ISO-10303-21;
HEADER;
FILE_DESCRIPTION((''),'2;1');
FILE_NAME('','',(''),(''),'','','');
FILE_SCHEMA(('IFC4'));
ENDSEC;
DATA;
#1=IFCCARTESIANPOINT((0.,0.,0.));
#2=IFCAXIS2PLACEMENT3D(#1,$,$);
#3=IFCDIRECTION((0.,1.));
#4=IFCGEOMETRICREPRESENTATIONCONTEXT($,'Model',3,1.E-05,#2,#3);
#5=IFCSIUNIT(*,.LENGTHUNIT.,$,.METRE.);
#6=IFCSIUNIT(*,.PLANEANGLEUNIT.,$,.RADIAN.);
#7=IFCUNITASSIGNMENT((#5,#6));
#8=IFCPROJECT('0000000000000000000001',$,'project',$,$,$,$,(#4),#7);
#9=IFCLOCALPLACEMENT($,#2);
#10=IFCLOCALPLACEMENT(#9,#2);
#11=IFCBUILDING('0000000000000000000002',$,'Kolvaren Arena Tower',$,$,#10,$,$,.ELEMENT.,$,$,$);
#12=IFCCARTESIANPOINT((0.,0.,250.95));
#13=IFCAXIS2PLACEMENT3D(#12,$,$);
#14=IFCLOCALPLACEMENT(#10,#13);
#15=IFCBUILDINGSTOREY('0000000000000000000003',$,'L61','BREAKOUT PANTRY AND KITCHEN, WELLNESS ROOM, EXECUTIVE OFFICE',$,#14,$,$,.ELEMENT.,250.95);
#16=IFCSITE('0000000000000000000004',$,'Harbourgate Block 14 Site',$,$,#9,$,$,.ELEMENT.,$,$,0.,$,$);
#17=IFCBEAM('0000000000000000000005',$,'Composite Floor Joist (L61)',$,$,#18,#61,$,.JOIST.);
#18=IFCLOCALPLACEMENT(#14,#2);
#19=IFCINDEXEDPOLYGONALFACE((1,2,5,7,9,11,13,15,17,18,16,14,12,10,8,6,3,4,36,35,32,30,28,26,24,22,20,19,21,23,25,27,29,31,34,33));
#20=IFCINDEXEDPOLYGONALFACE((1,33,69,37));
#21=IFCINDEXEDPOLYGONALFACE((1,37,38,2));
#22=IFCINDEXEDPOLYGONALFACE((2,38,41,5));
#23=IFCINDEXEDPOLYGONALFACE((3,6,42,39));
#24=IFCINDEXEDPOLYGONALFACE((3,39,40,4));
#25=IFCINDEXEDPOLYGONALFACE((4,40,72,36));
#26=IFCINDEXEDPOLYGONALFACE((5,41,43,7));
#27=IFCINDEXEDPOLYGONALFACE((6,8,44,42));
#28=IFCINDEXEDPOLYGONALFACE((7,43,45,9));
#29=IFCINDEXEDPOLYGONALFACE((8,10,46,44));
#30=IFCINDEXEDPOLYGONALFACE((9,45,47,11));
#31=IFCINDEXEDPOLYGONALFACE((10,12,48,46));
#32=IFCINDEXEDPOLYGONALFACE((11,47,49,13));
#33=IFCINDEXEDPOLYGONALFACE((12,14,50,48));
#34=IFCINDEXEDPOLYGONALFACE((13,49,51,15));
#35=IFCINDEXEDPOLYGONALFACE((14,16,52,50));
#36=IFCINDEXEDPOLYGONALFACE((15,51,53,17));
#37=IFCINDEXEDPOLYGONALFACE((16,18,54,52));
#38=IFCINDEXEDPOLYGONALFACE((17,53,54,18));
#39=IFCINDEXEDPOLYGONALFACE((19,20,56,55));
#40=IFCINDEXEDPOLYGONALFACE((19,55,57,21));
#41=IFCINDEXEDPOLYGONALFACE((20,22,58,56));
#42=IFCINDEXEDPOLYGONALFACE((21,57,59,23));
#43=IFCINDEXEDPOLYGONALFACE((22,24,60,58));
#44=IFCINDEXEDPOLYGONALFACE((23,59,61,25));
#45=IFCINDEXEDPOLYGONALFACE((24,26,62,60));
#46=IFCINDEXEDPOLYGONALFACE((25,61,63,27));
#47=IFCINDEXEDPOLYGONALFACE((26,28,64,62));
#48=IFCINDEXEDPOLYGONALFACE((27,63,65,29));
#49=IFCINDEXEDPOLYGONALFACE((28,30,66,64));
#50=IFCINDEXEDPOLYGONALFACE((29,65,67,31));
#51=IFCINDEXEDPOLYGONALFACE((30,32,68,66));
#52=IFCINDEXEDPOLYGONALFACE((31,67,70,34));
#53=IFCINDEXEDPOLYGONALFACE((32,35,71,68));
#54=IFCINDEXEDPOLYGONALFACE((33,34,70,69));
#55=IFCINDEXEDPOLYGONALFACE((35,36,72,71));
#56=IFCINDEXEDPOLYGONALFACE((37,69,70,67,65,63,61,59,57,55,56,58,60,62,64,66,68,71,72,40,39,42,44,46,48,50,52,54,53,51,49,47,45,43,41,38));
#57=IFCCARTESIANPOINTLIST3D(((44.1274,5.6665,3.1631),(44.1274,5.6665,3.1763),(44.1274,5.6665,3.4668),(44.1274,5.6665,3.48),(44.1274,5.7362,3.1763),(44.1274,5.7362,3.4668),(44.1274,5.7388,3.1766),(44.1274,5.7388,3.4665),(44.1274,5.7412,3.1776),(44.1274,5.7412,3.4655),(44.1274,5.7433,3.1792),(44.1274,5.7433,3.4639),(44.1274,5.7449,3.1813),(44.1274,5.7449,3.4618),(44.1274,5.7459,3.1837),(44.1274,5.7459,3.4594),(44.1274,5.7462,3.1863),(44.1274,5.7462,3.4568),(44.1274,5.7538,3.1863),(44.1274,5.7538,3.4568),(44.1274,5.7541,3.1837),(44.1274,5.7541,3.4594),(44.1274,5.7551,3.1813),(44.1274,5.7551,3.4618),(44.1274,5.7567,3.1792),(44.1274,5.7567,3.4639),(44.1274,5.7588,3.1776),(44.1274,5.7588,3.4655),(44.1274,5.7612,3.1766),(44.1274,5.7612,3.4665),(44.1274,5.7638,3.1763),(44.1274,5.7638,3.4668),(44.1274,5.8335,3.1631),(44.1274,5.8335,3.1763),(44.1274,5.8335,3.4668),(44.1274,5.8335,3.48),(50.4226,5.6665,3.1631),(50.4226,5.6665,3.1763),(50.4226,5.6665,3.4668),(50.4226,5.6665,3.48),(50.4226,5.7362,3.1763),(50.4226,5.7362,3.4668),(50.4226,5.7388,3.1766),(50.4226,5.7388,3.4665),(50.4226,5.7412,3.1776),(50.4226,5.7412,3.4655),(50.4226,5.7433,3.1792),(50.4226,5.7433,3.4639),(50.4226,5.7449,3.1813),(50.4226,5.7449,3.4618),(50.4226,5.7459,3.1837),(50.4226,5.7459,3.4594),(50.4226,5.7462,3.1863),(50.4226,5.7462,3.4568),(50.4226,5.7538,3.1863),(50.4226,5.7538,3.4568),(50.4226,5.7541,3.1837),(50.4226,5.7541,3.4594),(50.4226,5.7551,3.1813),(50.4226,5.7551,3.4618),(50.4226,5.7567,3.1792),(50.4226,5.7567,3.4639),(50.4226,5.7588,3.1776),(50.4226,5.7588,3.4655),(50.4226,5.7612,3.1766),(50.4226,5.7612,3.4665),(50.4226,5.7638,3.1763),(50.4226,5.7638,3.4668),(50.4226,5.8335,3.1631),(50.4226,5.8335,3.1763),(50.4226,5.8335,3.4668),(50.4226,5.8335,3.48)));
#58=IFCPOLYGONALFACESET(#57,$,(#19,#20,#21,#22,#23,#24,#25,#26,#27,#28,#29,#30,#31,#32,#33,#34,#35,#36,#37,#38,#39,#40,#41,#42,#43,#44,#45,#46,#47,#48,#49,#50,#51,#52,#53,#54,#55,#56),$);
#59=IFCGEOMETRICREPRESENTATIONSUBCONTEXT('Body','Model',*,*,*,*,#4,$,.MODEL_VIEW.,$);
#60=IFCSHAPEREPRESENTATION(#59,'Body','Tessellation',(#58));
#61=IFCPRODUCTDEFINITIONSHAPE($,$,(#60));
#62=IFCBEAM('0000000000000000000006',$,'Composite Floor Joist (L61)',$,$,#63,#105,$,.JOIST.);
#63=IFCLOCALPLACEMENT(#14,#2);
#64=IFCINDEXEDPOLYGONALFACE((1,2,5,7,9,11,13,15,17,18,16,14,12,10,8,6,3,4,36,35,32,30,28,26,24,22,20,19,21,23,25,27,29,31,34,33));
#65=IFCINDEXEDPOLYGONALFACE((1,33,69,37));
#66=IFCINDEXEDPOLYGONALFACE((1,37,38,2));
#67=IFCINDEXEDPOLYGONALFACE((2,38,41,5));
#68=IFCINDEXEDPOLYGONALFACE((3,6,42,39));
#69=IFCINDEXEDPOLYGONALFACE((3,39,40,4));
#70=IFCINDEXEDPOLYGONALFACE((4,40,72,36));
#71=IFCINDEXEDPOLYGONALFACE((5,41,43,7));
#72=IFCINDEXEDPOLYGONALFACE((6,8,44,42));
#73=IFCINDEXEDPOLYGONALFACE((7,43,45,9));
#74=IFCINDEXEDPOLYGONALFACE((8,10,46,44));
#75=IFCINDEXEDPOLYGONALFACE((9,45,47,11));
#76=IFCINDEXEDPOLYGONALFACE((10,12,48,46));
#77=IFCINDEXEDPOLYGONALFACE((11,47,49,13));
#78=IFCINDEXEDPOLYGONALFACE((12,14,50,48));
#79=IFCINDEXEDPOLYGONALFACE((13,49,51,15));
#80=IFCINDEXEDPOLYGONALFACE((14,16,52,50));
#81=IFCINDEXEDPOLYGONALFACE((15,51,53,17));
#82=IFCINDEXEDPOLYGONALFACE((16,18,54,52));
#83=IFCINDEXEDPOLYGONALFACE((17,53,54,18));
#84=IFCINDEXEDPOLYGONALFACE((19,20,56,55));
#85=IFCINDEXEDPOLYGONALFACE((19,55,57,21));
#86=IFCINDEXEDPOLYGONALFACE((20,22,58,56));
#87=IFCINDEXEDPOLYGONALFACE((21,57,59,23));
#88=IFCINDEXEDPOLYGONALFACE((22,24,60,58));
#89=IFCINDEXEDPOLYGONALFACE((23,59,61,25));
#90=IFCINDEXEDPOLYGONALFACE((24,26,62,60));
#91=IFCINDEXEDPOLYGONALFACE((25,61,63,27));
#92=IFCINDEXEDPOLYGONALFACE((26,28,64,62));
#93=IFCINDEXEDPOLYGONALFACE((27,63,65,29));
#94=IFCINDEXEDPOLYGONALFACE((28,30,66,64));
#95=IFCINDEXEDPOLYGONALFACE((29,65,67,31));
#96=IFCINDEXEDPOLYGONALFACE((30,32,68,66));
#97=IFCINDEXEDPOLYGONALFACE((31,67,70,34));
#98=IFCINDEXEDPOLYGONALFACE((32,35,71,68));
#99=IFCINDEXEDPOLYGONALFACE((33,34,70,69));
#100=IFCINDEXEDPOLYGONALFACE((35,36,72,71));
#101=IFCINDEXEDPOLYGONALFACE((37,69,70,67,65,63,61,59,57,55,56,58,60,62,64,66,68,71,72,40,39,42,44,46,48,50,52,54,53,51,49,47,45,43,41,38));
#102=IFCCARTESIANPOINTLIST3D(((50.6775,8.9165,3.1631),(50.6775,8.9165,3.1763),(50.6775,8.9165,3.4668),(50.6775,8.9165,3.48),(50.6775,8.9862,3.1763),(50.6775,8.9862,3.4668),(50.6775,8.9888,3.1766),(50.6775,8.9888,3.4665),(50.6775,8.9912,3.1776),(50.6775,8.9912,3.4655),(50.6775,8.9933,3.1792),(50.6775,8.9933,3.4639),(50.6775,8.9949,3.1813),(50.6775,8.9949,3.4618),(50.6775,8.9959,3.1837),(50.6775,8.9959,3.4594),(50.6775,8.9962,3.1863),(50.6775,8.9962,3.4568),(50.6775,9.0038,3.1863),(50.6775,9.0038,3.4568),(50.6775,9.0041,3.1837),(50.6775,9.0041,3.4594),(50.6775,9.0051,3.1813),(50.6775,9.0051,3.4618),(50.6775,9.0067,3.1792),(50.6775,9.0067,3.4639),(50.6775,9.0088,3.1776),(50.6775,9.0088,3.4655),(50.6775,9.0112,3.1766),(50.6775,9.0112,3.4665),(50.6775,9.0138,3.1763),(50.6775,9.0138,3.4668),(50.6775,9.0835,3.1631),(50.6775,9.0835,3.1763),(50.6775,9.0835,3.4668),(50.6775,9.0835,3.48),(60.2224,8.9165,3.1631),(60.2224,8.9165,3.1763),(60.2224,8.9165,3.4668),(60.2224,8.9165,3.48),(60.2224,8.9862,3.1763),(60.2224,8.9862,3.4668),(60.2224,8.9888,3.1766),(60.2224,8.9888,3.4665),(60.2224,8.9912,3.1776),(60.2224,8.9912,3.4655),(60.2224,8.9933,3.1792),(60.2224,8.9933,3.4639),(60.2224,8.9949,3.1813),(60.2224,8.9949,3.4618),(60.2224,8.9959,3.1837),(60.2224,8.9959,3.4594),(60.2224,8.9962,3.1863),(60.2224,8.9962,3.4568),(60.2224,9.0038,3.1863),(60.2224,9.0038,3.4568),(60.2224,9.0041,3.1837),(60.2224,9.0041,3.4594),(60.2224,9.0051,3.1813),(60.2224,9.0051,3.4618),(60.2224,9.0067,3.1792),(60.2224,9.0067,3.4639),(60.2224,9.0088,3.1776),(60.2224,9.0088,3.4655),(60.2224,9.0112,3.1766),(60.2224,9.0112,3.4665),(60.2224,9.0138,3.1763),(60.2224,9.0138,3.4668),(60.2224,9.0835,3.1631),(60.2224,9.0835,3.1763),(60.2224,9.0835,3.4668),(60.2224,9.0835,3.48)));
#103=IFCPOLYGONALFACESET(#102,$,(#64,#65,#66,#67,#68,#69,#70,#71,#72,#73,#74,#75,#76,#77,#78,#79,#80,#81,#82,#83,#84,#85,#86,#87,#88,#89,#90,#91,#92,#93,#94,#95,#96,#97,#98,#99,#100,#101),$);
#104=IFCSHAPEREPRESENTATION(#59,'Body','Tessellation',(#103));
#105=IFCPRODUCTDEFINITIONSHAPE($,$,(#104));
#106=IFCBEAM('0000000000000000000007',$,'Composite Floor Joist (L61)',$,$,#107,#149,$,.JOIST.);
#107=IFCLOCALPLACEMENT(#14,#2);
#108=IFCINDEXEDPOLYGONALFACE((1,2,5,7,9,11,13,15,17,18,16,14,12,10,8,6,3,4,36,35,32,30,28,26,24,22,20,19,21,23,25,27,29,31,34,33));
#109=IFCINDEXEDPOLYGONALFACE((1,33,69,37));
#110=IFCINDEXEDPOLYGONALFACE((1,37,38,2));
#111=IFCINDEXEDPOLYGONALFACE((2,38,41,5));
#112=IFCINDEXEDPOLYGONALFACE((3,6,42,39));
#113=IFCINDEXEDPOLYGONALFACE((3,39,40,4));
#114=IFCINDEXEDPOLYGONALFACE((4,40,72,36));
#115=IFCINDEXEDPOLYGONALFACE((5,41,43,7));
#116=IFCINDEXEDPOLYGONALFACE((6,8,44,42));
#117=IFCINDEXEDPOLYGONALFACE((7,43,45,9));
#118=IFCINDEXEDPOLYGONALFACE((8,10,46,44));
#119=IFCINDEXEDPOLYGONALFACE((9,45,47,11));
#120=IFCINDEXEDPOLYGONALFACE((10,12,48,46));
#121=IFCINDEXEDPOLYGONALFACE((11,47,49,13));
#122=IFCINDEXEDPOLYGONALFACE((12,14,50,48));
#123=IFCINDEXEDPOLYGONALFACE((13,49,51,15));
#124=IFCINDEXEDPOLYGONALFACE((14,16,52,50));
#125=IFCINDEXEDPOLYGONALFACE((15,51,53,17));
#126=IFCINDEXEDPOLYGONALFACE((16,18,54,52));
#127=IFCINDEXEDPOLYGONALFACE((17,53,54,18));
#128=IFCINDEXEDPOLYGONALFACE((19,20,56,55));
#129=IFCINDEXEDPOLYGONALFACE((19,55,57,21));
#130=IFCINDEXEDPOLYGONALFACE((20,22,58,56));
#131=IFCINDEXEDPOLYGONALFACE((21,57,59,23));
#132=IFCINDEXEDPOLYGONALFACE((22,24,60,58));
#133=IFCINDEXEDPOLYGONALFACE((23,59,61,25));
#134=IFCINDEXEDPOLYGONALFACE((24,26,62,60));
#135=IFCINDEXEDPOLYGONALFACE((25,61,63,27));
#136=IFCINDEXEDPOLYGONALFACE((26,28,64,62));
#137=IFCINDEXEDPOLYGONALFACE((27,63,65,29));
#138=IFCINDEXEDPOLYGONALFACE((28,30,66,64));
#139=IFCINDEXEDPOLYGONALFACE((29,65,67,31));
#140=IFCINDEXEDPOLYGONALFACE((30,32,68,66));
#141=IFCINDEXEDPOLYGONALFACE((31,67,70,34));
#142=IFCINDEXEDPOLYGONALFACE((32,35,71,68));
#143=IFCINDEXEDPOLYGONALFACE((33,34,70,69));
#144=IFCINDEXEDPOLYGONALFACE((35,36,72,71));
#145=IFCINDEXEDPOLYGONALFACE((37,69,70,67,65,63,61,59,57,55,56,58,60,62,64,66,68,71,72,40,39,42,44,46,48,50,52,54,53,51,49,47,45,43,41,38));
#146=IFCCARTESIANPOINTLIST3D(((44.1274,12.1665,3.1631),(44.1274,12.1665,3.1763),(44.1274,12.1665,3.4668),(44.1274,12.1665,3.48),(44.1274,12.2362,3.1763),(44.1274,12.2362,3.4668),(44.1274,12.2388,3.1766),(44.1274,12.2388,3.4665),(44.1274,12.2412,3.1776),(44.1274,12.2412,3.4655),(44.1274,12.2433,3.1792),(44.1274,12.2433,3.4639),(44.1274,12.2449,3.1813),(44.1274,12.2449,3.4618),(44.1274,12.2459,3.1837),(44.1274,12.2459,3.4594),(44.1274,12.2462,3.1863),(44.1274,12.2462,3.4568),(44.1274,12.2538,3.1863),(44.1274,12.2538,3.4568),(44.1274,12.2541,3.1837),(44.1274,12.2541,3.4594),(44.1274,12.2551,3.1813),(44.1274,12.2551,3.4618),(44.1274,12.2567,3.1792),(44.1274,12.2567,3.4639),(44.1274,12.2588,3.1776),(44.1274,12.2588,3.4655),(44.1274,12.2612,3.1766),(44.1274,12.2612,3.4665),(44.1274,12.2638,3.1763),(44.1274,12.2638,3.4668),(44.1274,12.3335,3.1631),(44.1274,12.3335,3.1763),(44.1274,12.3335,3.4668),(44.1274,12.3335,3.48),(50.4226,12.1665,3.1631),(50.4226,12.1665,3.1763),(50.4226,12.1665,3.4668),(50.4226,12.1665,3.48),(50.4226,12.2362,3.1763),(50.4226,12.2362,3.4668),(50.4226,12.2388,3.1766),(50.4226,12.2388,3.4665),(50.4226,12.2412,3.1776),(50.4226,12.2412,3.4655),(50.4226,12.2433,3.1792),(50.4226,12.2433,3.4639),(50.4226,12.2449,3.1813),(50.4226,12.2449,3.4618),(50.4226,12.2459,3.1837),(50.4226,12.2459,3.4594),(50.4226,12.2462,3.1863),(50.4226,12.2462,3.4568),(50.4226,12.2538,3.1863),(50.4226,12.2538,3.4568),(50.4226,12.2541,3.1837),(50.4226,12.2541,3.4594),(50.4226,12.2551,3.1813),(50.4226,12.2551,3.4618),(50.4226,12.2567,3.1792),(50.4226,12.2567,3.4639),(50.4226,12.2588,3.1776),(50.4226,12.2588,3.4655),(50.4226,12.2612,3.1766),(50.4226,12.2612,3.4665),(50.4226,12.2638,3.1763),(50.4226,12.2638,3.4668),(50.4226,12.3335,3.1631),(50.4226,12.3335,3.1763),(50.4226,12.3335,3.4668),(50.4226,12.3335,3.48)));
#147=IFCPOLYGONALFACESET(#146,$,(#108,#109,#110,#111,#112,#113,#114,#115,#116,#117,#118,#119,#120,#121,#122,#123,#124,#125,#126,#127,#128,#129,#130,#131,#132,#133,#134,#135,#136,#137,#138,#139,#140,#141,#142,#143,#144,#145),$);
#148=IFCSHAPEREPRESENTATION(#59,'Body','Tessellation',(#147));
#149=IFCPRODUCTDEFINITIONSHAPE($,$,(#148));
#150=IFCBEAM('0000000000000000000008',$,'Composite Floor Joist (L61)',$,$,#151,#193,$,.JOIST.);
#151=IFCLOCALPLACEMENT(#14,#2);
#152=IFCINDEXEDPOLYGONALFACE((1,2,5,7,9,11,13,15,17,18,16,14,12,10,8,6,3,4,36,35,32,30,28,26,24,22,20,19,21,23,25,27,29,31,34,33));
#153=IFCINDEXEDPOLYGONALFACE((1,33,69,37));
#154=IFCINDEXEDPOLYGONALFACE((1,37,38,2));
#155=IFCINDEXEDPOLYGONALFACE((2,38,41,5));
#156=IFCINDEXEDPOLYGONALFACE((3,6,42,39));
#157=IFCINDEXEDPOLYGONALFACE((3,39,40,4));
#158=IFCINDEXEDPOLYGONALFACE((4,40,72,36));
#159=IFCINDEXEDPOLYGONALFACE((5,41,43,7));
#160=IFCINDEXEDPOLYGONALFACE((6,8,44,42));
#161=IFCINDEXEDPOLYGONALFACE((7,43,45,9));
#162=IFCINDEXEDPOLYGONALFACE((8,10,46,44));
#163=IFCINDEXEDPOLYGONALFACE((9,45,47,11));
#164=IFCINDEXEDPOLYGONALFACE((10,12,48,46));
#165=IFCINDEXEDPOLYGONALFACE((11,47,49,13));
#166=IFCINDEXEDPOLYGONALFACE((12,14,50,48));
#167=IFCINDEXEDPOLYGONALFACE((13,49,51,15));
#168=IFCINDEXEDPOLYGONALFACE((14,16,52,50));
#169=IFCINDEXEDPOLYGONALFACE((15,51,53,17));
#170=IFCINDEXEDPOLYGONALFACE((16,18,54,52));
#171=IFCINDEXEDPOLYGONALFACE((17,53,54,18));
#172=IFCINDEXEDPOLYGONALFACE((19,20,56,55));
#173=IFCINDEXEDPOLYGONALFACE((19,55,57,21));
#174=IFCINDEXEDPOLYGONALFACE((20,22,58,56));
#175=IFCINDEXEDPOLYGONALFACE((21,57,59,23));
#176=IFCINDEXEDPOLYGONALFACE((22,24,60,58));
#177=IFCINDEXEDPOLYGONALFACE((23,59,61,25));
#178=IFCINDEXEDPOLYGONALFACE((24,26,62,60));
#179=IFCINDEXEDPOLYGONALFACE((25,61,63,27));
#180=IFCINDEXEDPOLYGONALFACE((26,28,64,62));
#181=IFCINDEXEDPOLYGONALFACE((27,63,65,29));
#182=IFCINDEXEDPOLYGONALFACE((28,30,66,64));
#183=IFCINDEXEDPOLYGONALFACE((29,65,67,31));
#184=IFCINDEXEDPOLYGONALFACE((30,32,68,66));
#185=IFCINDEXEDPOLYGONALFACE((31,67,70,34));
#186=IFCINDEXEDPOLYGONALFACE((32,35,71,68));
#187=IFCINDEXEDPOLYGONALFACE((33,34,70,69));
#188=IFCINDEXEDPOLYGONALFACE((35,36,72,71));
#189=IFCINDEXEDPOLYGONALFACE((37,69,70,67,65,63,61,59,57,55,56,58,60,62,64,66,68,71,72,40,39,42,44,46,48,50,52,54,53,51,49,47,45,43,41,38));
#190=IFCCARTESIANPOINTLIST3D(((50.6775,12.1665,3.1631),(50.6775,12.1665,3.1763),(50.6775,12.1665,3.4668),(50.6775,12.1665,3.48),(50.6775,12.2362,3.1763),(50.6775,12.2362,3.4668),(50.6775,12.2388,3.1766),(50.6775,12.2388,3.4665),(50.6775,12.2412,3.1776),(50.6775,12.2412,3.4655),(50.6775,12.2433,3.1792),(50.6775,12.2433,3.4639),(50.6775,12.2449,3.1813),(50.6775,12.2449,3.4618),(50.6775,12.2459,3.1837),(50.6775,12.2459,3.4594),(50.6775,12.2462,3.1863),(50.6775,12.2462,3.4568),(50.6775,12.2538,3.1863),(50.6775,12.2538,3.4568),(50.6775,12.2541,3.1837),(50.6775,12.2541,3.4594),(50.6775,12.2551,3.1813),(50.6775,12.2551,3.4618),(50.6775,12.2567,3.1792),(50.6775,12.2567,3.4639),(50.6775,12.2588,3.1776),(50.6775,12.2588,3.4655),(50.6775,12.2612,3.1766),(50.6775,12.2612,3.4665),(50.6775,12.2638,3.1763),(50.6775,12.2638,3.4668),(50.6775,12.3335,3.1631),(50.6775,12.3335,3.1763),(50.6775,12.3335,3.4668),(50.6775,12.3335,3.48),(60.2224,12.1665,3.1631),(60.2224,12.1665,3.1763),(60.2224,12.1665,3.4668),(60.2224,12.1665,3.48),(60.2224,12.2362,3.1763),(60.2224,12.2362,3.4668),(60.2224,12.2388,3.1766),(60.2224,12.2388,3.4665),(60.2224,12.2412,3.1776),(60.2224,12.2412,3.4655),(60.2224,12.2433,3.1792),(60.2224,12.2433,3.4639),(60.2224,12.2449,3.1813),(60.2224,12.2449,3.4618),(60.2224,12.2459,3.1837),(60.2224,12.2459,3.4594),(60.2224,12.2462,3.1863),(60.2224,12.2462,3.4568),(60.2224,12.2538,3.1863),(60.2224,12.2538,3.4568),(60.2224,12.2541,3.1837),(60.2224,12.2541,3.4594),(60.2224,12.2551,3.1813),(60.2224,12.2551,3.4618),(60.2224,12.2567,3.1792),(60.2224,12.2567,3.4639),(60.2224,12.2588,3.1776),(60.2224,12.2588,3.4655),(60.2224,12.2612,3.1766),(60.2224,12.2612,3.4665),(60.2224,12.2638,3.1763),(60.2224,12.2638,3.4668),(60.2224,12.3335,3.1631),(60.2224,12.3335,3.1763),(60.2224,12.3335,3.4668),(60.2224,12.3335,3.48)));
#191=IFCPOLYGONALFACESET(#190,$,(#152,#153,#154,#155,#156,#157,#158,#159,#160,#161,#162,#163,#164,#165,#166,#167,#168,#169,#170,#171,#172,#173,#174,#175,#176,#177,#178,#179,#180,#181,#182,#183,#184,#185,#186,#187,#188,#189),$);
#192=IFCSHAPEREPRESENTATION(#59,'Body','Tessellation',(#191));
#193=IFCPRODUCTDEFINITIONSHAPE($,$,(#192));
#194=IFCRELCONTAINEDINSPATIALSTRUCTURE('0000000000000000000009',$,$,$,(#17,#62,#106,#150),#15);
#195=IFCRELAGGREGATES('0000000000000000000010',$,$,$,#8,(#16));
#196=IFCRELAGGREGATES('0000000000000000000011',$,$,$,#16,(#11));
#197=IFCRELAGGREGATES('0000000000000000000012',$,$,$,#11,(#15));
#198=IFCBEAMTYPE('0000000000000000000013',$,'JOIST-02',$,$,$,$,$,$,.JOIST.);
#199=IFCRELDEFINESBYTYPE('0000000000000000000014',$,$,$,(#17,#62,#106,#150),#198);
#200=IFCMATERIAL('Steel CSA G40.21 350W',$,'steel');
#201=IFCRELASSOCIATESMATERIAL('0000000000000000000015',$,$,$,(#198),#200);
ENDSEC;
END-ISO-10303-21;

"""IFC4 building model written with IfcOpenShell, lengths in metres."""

from ifc_helpers import new_model, si_unit, direction, frame, origin, origin_2d, place, context, subcontext, project, spatial, i_section, extrude, material, material_profile, profile_set, type_object, element, save


model = new_model("IFC4")

# Units and contexts
model_context = context("Model", 3, precision=1e-05, world=origin(), true_north=direction((0.0, 1.0)))
body_context = subcontext(model_context, "Body", "Model", "MODEL_VIEW")
ifc_project = project(units=[si_unit("LENGTHUNIT", "METRE"), si_unit("PLANEANGLEUNIT", "RADIAN")], contexts=[model_context])

# Site, building, storey
site_placement = place(None, origin())
site = spatial("IfcSite", under=ifc_project, at=site_placement, Name="Harbourgate Block 14 Site", CompositionType="ELEMENT", RefElevation=0.0)
building_placement = place(site_placement, origin())
building = spatial("IfcBuilding", under=site, at=building_placement, Name="Kolvaren Arena Tower", CompositionType="ELEMENT")
storey_placement = place(building_placement, frame((0.0, 0.0, 250.95)))
storey = spatial("IfcBuildingStorey", under=building, at=storey_placement, Name="L61", Description="BREAKOUT PANTRY AND KITCHEN, WELLNESS ROOM, EXECUTIVE OFFICE", CompositionType="ELEMENT", Elevation=250.95)

# Beams
ifc_material_1 = material(Name="Steel CSA G40.21 350W", Category="steel")
ifc_material_profile_1 = material_profile(ifc_material_1, i_section(OverallWidth=0.167, OverallDepth=0.3169, WebThickness=0.0076, FlangeThickness=0.0132, FilletRadius=0.01, at=origin_2d()), Name="W310x52")
ifc_profile_set_1 = profile_set([ifc_material_profile_1], Name="Steel CSA G40.21 350W")
beam_type_1 = type_object("IfcBeamType", Name="JOIST-02", PredefinedType="JOIST", material=ifc_profile_set_1)
for number, where, z_axis, x_axis, name in (
    (1, (44.1274, 5.75, 3.3215), (1.0, 0.0, 0.0), (0.0, 1.0, 0.0), "Composite Floor Joist (L61)"),
):
    element("IfcBeam", number, at=place(storey_placement, frame(where, z_axis=z_axis, x_axis=x_axis)), inside=storey, type_object=beam_type_1, Name=name, PredefinedType="JOIST", context=body_context, shape_type="SweptSolid", body=[
        extrude(i_section(OverallWidth=0.167, OverallDepth=0.3169, WebThickness=0.0076, FlangeThickness=0.0132, FilletRadius=0.01, at=origin_2d()), origin(), (0.0, 0.0, 1.0), 6.2952),
    ])
beam_1_placement = place(storey_placement, frame((50.6775, 9.0, 3.3215), z_axis=(1.0, 0.0, 0.0), x_axis=(0.0, 1.0, 0.0)))
element("IfcBeam", 2, at=beam_1_placement, inside=storey, type_object=beam_type_1, Name="Composite Floor Joist (L61)", PredefinedType="JOIST", context=body_context, shape_type="SweptSolid", body=[
    extrude(i_section(OverallWidth=0.167, OverallDepth=0.3169, WebThickness=0.0076, FlangeThickness=0.0132, FilletRadius=0.01, at=origin_2d()), origin(), (0.0, 0.0, 1.0), 9.5449),
])
beam_2_placement = place(storey_placement, frame((44.1274, 12.25, 3.3215), z_axis=(1.0, 0.0, 0.0), x_axis=(0.0, 1.0, 0.0)))
element("IfcBeam", 3, at=beam_2_placement, inside=storey, type_object=beam_type_1, Name="Composite Floor Joist (L61)", PredefinedType="JOIST", context=body_context, shape_type="SweptSolid", body=[
    extrude(i_section(OverallWidth=0.167, OverallDepth=0.3169, WebThickness=0.0076, FlangeThickness=0.0132, FilletRadius=0.01, at=origin_2d()), origin(), (0.0, 0.0, 1.0), 6.2952),
])
beam_3_placement = place(storey_placement, frame((50.6775, 12.25, 3.3215), z_axis=(1.0, 0.0, 0.0), x_axis=(0.0, 1.0, 0.0)))
element("IfcBeam", 4, at=beam_3_placement, inside=storey, type_object=beam_type_1, Name="Composite Floor Joist (L61)", PredefinedType="JOIST", context=body_context, shape_type="SweptSolid", body=[
    extrude(i_section(OverallWidth=0.167, OverallDepth=0.3169, WebThickness=0.0076, FlangeThickness=0.0132, FilletRadius=0.01, at=origin_2d()), origin(), (0.0, 0.0, 1.0), 9.5449),
])

save(model, "model.ifc")
